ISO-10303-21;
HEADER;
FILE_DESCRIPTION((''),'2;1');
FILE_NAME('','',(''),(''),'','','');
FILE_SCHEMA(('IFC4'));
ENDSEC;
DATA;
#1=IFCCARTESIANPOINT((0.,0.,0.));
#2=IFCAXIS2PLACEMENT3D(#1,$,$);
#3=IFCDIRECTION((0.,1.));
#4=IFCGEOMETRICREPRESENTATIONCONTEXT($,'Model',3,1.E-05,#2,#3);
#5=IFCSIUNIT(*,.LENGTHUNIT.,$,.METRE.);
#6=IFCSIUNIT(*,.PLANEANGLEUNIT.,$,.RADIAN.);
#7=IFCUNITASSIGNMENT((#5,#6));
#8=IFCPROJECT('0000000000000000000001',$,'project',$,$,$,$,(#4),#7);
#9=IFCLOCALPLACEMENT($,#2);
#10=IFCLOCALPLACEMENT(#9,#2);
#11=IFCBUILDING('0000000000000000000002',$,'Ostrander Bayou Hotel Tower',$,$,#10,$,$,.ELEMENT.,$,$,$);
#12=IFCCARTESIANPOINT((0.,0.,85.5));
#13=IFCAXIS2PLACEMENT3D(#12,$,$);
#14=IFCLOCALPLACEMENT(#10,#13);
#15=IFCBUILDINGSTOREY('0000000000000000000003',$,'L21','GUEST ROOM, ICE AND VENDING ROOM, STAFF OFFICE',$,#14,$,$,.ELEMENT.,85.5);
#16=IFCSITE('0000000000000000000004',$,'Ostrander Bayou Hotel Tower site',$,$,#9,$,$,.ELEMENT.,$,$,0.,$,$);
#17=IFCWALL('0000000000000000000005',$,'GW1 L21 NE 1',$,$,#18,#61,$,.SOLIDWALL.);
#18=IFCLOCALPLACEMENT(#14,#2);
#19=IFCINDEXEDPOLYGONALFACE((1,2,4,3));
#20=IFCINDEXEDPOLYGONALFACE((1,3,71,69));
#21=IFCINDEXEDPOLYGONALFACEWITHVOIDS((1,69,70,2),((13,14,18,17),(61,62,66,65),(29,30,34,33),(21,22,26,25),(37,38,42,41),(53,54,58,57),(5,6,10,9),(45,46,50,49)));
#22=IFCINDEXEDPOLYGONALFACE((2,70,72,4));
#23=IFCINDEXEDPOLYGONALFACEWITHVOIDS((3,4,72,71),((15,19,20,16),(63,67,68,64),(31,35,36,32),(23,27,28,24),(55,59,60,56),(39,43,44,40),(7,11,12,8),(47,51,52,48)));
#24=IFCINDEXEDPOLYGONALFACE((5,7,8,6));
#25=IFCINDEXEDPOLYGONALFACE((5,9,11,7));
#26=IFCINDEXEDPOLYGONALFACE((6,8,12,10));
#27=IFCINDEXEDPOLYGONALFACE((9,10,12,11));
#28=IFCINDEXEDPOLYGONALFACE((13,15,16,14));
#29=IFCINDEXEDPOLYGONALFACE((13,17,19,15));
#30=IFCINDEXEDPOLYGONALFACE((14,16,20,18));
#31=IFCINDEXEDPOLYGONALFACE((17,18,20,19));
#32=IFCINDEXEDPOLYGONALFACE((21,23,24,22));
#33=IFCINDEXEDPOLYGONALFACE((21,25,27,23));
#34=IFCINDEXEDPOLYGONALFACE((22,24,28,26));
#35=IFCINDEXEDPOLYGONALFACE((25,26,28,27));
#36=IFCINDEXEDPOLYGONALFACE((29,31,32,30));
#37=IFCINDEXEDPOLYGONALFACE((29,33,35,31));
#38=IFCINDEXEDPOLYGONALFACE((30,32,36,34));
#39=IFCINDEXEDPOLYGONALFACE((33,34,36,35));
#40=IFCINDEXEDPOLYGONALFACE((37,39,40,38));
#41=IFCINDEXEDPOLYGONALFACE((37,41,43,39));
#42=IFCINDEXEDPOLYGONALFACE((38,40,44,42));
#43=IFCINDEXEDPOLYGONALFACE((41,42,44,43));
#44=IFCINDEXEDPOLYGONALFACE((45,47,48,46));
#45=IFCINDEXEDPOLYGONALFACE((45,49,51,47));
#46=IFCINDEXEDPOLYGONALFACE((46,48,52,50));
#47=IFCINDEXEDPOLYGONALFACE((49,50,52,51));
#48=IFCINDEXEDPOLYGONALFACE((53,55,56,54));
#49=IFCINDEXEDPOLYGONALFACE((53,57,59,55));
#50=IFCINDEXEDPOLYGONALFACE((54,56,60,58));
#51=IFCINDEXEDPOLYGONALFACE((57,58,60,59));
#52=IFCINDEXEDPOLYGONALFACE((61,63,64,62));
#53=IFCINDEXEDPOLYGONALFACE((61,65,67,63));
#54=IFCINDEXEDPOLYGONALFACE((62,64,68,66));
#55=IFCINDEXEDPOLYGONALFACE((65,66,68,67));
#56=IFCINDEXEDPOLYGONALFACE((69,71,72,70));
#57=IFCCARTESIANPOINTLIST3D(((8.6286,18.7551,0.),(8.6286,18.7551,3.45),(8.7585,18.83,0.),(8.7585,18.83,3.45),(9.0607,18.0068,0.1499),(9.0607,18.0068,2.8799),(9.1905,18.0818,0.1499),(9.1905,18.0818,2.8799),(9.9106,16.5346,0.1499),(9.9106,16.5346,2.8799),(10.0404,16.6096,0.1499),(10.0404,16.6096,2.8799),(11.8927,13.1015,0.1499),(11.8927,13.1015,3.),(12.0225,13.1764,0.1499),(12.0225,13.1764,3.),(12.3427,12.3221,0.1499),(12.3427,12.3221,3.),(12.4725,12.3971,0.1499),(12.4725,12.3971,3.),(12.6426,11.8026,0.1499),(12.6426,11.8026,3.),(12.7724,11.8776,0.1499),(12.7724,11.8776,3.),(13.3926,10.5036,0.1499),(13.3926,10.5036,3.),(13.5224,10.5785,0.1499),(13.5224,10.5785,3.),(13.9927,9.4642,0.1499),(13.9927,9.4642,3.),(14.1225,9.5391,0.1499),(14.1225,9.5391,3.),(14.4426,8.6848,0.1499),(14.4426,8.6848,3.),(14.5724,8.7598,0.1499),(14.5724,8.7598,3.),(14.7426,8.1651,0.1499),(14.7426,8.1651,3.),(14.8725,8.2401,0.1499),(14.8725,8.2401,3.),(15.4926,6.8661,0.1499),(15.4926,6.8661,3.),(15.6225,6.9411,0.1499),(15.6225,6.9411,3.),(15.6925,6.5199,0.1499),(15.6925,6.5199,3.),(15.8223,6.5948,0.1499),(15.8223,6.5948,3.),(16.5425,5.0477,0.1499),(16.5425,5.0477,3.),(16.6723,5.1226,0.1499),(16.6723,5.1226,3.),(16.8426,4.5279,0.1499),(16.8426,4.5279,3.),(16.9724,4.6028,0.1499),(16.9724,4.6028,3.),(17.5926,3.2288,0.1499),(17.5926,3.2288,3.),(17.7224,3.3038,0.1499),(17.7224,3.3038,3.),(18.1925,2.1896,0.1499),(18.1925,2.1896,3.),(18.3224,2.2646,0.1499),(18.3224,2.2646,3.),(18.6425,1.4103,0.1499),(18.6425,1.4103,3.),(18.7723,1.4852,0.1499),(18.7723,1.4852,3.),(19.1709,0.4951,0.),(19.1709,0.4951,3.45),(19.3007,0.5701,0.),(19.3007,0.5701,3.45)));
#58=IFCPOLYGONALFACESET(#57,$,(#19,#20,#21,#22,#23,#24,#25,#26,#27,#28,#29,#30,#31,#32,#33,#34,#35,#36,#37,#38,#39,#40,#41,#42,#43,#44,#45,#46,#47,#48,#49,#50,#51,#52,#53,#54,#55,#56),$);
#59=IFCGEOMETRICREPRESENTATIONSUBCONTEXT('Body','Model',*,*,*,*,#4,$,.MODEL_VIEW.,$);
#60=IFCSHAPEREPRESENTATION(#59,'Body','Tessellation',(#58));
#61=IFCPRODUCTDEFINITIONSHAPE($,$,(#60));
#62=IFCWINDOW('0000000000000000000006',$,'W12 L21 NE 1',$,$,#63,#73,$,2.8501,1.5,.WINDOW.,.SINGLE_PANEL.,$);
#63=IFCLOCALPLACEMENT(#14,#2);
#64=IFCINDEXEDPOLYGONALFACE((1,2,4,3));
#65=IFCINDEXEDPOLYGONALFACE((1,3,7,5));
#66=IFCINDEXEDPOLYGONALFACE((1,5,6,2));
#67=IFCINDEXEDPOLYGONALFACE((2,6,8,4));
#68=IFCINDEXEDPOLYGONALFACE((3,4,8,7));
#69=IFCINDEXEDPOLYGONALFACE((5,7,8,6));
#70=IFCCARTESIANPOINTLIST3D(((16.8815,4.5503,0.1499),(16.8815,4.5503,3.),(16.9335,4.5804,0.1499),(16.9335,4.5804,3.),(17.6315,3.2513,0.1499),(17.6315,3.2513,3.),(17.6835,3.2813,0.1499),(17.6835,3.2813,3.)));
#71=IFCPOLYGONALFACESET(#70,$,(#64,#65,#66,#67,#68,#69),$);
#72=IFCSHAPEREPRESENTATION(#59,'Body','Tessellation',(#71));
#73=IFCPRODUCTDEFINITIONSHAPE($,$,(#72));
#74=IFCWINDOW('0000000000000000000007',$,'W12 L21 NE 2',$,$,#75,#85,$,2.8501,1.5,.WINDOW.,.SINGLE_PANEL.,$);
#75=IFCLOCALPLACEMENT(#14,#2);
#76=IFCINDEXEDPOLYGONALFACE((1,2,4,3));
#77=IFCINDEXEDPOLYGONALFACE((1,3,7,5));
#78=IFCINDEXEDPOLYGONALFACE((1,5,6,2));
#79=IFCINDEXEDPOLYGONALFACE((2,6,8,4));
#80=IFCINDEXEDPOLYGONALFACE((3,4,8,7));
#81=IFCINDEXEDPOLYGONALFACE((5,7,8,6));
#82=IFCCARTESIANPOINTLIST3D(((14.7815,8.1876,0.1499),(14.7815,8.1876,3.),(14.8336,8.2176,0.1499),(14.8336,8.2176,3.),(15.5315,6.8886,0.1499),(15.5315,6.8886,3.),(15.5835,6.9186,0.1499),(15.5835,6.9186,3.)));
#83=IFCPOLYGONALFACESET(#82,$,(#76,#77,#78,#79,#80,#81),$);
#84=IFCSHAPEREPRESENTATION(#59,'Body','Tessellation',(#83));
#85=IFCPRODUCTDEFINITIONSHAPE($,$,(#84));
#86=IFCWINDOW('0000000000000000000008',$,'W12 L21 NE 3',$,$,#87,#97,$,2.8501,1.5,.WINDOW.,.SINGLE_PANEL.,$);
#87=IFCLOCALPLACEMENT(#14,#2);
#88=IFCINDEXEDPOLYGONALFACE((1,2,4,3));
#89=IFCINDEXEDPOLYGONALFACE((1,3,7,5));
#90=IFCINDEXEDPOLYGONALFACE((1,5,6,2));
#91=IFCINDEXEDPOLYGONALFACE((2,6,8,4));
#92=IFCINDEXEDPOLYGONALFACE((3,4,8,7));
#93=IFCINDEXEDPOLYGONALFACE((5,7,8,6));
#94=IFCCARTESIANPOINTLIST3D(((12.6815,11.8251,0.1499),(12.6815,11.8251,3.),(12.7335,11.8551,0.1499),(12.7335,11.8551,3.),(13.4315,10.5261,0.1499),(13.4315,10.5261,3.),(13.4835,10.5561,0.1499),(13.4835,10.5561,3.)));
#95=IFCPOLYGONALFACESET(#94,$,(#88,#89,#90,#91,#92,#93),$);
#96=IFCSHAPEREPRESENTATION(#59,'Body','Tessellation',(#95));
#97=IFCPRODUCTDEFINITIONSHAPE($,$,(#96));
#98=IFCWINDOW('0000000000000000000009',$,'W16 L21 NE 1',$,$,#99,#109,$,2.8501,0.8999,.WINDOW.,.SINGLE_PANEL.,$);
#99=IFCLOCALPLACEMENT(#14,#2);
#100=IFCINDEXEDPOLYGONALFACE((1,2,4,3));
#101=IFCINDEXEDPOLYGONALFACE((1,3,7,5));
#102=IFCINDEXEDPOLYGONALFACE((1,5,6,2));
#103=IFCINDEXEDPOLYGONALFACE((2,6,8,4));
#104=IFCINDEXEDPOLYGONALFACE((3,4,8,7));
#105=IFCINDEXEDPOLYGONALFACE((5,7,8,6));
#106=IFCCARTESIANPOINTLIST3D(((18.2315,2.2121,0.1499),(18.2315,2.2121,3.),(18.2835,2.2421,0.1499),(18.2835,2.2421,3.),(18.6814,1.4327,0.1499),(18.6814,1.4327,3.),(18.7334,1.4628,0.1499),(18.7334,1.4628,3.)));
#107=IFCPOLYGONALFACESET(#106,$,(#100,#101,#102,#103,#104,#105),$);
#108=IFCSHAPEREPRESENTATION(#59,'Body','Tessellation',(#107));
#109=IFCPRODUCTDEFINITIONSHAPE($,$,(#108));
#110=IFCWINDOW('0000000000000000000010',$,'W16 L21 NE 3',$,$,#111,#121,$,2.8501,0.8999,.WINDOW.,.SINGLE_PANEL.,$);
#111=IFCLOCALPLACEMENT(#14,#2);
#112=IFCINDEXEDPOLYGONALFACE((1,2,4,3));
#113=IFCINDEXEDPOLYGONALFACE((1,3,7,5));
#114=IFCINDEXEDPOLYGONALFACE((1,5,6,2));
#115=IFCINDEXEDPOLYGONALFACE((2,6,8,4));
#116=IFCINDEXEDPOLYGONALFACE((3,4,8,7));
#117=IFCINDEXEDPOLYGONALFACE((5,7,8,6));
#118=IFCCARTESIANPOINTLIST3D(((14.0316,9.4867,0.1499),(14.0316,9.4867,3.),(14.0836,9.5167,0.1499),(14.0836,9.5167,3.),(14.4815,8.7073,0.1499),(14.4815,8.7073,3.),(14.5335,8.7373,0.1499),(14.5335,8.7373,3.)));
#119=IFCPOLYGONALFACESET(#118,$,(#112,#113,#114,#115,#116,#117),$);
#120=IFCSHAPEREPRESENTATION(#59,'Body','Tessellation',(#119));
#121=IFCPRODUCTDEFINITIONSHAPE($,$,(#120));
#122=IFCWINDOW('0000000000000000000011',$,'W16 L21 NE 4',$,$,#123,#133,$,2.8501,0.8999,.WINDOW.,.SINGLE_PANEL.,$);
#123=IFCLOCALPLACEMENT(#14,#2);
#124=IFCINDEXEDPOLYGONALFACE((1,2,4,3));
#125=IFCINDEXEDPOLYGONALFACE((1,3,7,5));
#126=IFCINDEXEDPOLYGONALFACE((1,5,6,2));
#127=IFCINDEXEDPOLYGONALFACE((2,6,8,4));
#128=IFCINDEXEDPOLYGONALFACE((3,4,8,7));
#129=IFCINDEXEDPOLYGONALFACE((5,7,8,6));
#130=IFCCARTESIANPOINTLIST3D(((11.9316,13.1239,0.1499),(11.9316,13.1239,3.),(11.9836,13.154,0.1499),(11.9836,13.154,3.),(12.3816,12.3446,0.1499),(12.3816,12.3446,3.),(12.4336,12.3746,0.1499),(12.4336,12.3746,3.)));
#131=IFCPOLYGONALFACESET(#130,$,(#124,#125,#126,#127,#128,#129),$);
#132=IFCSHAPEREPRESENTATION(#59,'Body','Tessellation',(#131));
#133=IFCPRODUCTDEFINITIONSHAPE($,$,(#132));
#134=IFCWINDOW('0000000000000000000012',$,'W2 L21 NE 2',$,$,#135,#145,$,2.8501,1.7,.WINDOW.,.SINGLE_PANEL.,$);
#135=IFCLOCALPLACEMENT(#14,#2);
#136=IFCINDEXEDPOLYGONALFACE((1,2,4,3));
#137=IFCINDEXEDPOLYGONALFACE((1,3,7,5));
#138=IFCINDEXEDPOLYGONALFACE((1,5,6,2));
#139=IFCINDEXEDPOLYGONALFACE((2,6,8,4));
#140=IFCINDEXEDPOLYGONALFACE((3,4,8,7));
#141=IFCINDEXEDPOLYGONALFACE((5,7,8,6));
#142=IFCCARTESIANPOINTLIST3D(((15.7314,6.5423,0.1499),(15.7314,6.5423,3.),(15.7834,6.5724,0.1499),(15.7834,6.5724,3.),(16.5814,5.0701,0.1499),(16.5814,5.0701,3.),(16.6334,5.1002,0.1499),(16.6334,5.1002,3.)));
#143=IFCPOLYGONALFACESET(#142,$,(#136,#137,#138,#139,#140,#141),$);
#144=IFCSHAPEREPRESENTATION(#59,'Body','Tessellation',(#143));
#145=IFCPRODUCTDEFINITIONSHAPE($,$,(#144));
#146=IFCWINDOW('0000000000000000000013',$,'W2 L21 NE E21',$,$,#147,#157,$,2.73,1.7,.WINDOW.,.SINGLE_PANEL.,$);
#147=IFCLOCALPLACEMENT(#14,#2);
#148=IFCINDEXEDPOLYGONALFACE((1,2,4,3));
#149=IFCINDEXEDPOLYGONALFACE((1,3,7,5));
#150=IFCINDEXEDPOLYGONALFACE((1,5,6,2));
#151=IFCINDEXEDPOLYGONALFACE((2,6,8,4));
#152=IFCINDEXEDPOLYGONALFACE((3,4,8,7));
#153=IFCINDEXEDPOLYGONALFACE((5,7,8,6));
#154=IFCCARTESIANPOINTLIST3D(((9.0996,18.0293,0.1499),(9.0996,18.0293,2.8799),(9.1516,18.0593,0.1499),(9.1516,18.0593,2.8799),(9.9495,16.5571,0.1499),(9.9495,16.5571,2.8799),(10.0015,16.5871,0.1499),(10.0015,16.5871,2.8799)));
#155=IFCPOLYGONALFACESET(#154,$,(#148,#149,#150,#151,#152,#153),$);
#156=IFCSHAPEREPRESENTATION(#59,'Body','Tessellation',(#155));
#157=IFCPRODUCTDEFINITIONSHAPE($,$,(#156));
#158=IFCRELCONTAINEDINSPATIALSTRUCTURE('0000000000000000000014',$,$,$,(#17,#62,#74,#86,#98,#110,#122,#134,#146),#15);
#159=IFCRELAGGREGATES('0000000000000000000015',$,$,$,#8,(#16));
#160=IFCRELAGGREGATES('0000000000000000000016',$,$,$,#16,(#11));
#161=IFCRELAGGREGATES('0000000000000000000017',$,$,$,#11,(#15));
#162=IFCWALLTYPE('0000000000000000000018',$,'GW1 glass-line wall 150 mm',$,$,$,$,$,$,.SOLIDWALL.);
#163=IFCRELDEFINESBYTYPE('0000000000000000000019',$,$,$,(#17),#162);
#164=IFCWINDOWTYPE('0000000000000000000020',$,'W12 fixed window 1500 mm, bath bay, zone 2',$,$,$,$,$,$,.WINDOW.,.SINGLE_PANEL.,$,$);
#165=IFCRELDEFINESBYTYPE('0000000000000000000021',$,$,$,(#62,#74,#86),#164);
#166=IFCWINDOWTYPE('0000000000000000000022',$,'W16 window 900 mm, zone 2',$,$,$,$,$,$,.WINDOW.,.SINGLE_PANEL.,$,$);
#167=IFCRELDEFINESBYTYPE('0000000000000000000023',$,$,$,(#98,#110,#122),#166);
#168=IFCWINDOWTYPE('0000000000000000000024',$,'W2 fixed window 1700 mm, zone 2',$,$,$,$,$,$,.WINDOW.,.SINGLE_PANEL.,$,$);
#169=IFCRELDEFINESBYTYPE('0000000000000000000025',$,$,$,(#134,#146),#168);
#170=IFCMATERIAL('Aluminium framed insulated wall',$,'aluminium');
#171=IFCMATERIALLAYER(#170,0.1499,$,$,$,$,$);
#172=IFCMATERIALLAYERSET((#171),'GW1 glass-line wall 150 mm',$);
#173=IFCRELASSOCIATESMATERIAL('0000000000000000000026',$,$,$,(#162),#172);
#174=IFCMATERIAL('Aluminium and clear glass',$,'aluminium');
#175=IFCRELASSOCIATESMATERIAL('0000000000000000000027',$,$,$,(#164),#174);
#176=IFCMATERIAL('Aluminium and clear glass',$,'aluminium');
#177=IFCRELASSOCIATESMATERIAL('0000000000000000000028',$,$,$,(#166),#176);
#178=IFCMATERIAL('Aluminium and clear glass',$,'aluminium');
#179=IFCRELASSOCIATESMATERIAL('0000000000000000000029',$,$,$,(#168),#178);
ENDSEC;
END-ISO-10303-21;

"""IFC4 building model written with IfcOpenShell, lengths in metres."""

from ifc_helpers import new_model, si_unit, direction, frame, frame_2d, origin, place, context, subcontext, project, spatial, rectangle, extrude, material, layer, layer_set, type_object, element, fill, save


model = new_model("IFC4")

# Units and contexts
model_context = context("Model", 3, precision=1e-05, world=origin(), true_north=direction((0.0, 1.0)))
body_context = subcontext(model_context, "Body", "Model", "MODEL_VIEW")
ifc_project = project(units=[si_unit("LENGTHUNIT", "METRE"), si_unit("PLANEANGLEUNIT", "RADIAN")], contexts=[model_context])

# Site, building, storey
site_placement = place(None, origin())
site = spatial("IfcSite", under=ifc_project, at=site_placement, Name="Ostrander Bayou Hotel Tower site", CompositionType="ELEMENT", RefElevation=0.0)
building_placement = place(site_placement, origin())
building = spatial("IfcBuilding", under=site, at=building_placement, Name="Ostrander Bayou Hotel Tower", CompositionType="ELEMENT")
storey_placement = place(building_placement, frame((0.0, 0.0, 85.5)))
storey = spatial("IfcBuildingStorey", under=building, at=storey_placement, Name="L21", Description="GUEST ROOM, ICE AND VENDING ROOM, STAFF OFFICE", CompositionType="ELEMENT", Elevation=85.5)

# Wall, openings, windows
ifc_material_1 = material(Name="Aluminium framed insulated wall", Category="aluminium")
ifc_layer_1 = layer(ifc_material_1, 0.1499)
ifc_layer_set_1 = layer_set([ifc_layer_1], Name="GW1 glass-line wall 150 mm")
wall_type_1 = type_object("IfcWallType", Name="GW1 glass-line wall 150 mm", PredefinedType="SOLIDWALL", material=ifc_layer_set_1)
wall_1_placement = place(storey_placement, frame((19.2358, 0.5325, 0.0), z_axis=(0.0, 0.0, 1.0), x_axis=(-0.499993, 0.866029, 0.0)))
wall_1 = element("IfcWall", 1, at=wall_1_placement, inside=storey, type_object=wall_type_1, Name="GW1 L21 NE 1", PredefinedType="SOLIDWALL", context=body_context, shape_type="SweptSolid", body=[
    extrude(rectangle(XDim=21.0847, YDim=0.1499, at=frame_2d((10.5425, 0.0))), origin(), (0.0, 0.0, 1.0), 3.45),
])
opening_1_placement = place(wall_1_placement, frame((1.0569, 0.0, 0.1499)))
opening_1 = element("IfcOpeningElement", 2, at=opening_1_placement, cuts=wall_1, PredefinedType="OPENING", context=body_context, shape_type="SweptSolid", body=[
    extrude(rectangle(XDim=0.8999, YDim=2.8501, at=frame_2d((0.45, 1.425))), frame((0.0, 0.075, 0.0), z_axis=(0.0, -1.0, 0.0), x_axis=(1.0, 0.0, 0.0)), (0.0, 0.0, 1.0), 0.1499),
])
opening_2_placement = place(wall_1_placement, frame((3.1567, 0.0, 0.1499)))
opening_2 = element("IfcOpeningElement", 3, at=opening_2_placement, cuts=wall_1, PredefinedType="OPENING", context=body_context, shape_type="SweptSolid", body=[
    extrude(rectangle(XDim=1.5, YDim=2.8501, at=frame_2d((0.75, 1.425))), frame((0.0, 0.075, 0.0), z_axis=(0.0, -1.0, 0.0), x_axis=(1.0, 0.0, 0.0)), (0.0, 0.0, 1.0), 0.1499),
])
opening_3_placement = place(wall_1_placement, frame((5.2568, 0.0, 0.1499)))
opening_3 = element("IfcOpeningElement", 4, at=opening_3_placement, cuts=wall_1, PredefinedType="OPENING", context=body_context, shape_type="SweptSolid", body=[
    extrude(rectangle(XDim=1.7, YDim=2.8501, at=frame_2d((0.8501, 1.425))), frame((0.0, 0.075, 0.0), z_axis=(0.0, -1.0, 0.0), x_axis=(1.0, 0.0, 0.0)), (0.0, 0.0, 1.0), 0.1499),
])
opening_4_placement = place(wall_1_placement, frame((7.3567, 0.0, 0.1499)))
opening_4 = element("IfcOpeningElement", 5, at=opening_4_placement, cuts=wall_1, PredefinedType="OPENING", context=body_context, shape_type="SweptSolid", body=[
    extrude(rectangle(XDim=1.5, YDim=2.8501, at=frame_2d((0.75, 1.425))), frame((0.0, 0.075, 0.0), z_axis=(0.0, -1.0, 0.0), x_axis=(1.0, 0.0, 0.0)), (0.0, 0.0, 1.0), 0.1499),
])
opening_5_placement = place(wall_1_placement, frame((9.4568, 0.0, 0.1499)))
opening_5 = element("IfcOpeningElement", 6, at=opening_5_placement, cuts=wall_1, PredefinedType="OPENING", context=body_context, shape_type="SweptSolid", body=[
    extrude(rectangle(XDim=0.8999, YDim=2.8501, at=frame_2d((0.45, 1.425))), frame((0.0, 0.075, 0.0), z_axis=(0.0, -1.0, 0.0), x_axis=(1.0, 0.0, 0.0)), (0.0, 0.0, 1.0), 0.1499),
])
opening_6_placement = place(wall_1_placement, frame((11.5569, 0.0, 0.1499)))
opening_6 = element("IfcOpeningElement", 7, at=opening_6_placement, cuts=wall_1, PredefinedType="OPENING", context=body_context, shape_type="SweptSolid", body=[
    extrude(rectangle(XDim=1.5, YDim=2.8501, at=frame_2d((0.75, 1.425))), frame((0.0, 0.075, 0.0), z_axis=(0.0, -1.0, 0.0), x_axis=(1.0, 0.0, 0.0)), (0.0, 0.0, 1.0), 0.1499),
])
opening_7_placement = place(wall_1_placement, frame((13.6567, 0.0, 0.1499)))
opening_7 = element("IfcOpeningElement", 8, at=opening_7_placement, cuts=wall_1, PredefinedType="OPENING", context=body_context, shape_type="SweptSolid", body=[
    extrude(rectangle(XDim=0.8999, YDim=2.8501, at=frame_2d((0.45, 1.425))), frame((0.0, 0.075, 0.0), z_axis=(0.0, -1.0, 0.0), x_axis=(1.0, 0.0, 0.0)), (0.0, 0.0, 1.0), 0.1499),
])
opening_8_placement = place(wall_1_placement, frame((18.5208, 0.0, 0.1499)))
opening_8 = element("IfcOpeningElement", 9, at=opening_8_placement, cuts=wall_1, PredefinedType="OPENING", context=body_context, shape_type="SweptSolid", body=[
    extrude(rectangle(XDim=1.7, YDim=2.73, at=frame_2d((0.8501, 1.365))), frame((0.0, 0.075, 0.0), z_axis=(0.0, -1.0, 0.0), x_axis=(1.0, 0.0, 0.0)), (0.0, 0.0, 1.0), 0.1499),
])
ifc_material_2 = material(Name="Aluminium and clear glass", Category="aluminium")
window_type_1 = type_object("IfcWindowType", Name="W12 fixed window 1500 mm, bath bay, zone 2", PartitioningType="SINGLE_PANEL", PredefinedType="WINDOW", material=ifc_material_2)
window_1_placement = place(opening_2_placement, origin())
window_1 = element("IfcWindow", 10, at=window_1_placement, inside=storey, type_object=window_type_1, Name="W12 L21 NE 1", OverallHeight=2.8501, OverallWidth=1.5, PartitioningType="SINGLE_PANEL", PredefinedType="WINDOW", context=body_context, shape_type="SweptSolid", body=[
    extrude(rectangle(XDim=1.5, YDim=2.8501, at=frame_2d((0.75, 1.425))), frame((0.0, 0.03, 0.0), z_axis=(0.0, -1.0, 0.0), x_axis=(1.0, 0.0, 0.0)), (0.0, 0.0, 1.0), 0.0601),
])
fill(opening_2, window_1)
window_2_placement = place(opening_4_placement, origin())
window_2 = element("IfcWindow", 11, at=window_2_placement, inside=storey, type_object=window_type_1, Name="W12 L21 NE 2", OverallHeight=2.8501, OverallWidth=1.5, PartitioningType="SINGLE_PANEL", PredefinedType="WINDOW", context=body_context, shape_type="SweptSolid", body=[
    extrude(rectangle(XDim=1.5, YDim=2.8501, at=frame_2d((0.75, 1.425))), frame((0.0, 0.03, 0.0), z_axis=(0.0, -1.0, 0.0), x_axis=(1.0, 0.0, 0.0)), (0.0, 0.0, 1.0), 0.0601),
])
fill(opening_4, window_2)
window_3_placement = place(opening_6_placement, origin())
window_3 = element("IfcWindow", 12, at=window_3_placement, inside=storey, type_object=window_type_1, Name="W12 L21 NE 3", OverallHeight=2.8501, OverallWidth=1.5, PartitioningType="SINGLE_PANEL", PredefinedType="WINDOW", context=body_context, shape_type="SweptSolid", body=[
    extrude(rectangle(XDim=1.5, YDim=2.8501, at=frame_2d((0.75, 1.425))), frame((0.0, 0.03, 0.0), z_axis=(0.0, -1.0, 0.0), x_axis=(1.0, 0.0, 0.0)), (0.0, 0.0, 1.0), 0.0601),
])
fill(opening_6, window_3)
ifc_material_3 = material(Name="Aluminium and clear glass", Category="aluminium")
window_type_2 = type_object("IfcWindowType", Name="W16 window 900 mm, zone 2", PartitioningType="SINGLE_PANEL", PredefinedType="WINDOW", material=ifc_material_3)
window_4_placement = place(opening_1_placement, origin())
window_4 = element("IfcWindow", 13, at=window_4_placement, inside=storey, type_object=window_type_2, Name="W16 L21 NE 1", OverallHeight=2.8501, OverallWidth=0.8999, PartitioningType="SINGLE_PANEL", PredefinedType="WINDOW", context=body_context, shape_type="SweptSolid", body=[
    extrude(rectangle(XDim=0.8999, YDim=2.8501, at=frame_2d((0.45, 1.425))), frame((0.0, 0.03, 0.0), z_axis=(0.0, -1.0, 0.0), x_axis=(1.0, 0.0, 0.0)), (0.0, 0.0, 1.0), 0.0601),
])
fill(opening_1, window_4)
window_5_placement = place(opening_5_placement, origin())
window_5 = element("IfcWindow", 14, at=window_5_placement, inside=storey, type_object=window_type_2, Name="W16 L21 NE 3", OverallHeight=2.8501, OverallWidth=0.8999, PartitioningType="SINGLE_PANEL", PredefinedType="WINDOW", context=body_context, shape_type="SweptSolid", body=[
    extrude(rectangle(XDim=0.8999, YDim=2.8501, at=frame_2d((0.45, 1.425))), frame((0.0, 0.03, 0.0), z_axis=(0.0, -1.0, 0.0), x_axis=(1.0, 0.0, 0.0)), (0.0, 0.0, 1.0), 0.0601),
])
fill(opening_5, window_5)
window_6_placement = place(opening_7_placement, origin())
window_6 = element("IfcWindow", 15, at=window_6_placement, inside=storey, type_object=window_type_2, Name="W16 L21 NE 4", OverallHeight=2.8501, OverallWidth=0.8999, PartitioningType="SINGLE_PANEL", PredefinedType="WINDOW", context=body_context, shape_type="SweptSolid", body=[
    extrude(rectangle(XDim=0.8999, YDim=2.8501, at=frame_2d((0.45, 1.425))), frame((0.0, 0.03, 0.0), z_axis=(0.0, -1.0, 0.0), x_axis=(1.0, 0.0, 0.0)), (0.0, 0.0, 1.0), 0.0601),
])
fill(opening_7, window_6)
ifc_material_4 = material(Name="Aluminium and clear glass", Category="aluminium")
window_type_3 = type_object("IfcWindowType", Name="W2 fixed window 1700 mm, zone 2", PartitioningType="SINGLE_PANEL", PredefinedType="WINDOW", material=ifc_material_4)
window_7_placement = place(opening_3_placement, origin())
window_7 = element("IfcWindow", 16, at=window_7_placement, inside=storey, type_object=window_type_3, Name="W2 L21 NE 2", OverallHeight=2.8501, OverallWidth=1.7, PartitioningType="SINGLE_PANEL", PredefinedType="WINDOW", context=body_context, shape_type="SweptSolid", body=[
    extrude(rectangle(XDim=1.7, YDim=2.8501, at=frame_2d((0.8501, 1.425))), frame((0.0, 0.03, 0.0), z_axis=(0.0, -1.0, 0.0), x_axis=(1.0, 0.0, 0.0)), (0.0, 0.0, 1.0), 0.0601),
])
fill(opening_3, window_7)
window_8_placement = place(opening_8_placement, origin())
window_8 = element("IfcWindow", 17, at=window_8_placement, inside=storey, type_object=window_type_3, Name="W2 L21 NE E21", OverallHeight=2.73, OverallWidth=1.7, PartitioningType="SINGLE_PANEL", PredefinedType="WINDOW", context=body_context, shape_type="SweptSolid", body=[
    extrude(rectangle(XDim=1.7, YDim=2.73, at=frame_2d((0.8501, 1.365))), frame((0.0, 0.03, 0.0), z_axis=(0.0, -1.0, 0.0), x_axis=(1.0, 0.0, 0.0)), (0.0, 0.0, 1.0), 0.0601),
])
fill(opening_8, window_8)

save(model, "model.ifc")
